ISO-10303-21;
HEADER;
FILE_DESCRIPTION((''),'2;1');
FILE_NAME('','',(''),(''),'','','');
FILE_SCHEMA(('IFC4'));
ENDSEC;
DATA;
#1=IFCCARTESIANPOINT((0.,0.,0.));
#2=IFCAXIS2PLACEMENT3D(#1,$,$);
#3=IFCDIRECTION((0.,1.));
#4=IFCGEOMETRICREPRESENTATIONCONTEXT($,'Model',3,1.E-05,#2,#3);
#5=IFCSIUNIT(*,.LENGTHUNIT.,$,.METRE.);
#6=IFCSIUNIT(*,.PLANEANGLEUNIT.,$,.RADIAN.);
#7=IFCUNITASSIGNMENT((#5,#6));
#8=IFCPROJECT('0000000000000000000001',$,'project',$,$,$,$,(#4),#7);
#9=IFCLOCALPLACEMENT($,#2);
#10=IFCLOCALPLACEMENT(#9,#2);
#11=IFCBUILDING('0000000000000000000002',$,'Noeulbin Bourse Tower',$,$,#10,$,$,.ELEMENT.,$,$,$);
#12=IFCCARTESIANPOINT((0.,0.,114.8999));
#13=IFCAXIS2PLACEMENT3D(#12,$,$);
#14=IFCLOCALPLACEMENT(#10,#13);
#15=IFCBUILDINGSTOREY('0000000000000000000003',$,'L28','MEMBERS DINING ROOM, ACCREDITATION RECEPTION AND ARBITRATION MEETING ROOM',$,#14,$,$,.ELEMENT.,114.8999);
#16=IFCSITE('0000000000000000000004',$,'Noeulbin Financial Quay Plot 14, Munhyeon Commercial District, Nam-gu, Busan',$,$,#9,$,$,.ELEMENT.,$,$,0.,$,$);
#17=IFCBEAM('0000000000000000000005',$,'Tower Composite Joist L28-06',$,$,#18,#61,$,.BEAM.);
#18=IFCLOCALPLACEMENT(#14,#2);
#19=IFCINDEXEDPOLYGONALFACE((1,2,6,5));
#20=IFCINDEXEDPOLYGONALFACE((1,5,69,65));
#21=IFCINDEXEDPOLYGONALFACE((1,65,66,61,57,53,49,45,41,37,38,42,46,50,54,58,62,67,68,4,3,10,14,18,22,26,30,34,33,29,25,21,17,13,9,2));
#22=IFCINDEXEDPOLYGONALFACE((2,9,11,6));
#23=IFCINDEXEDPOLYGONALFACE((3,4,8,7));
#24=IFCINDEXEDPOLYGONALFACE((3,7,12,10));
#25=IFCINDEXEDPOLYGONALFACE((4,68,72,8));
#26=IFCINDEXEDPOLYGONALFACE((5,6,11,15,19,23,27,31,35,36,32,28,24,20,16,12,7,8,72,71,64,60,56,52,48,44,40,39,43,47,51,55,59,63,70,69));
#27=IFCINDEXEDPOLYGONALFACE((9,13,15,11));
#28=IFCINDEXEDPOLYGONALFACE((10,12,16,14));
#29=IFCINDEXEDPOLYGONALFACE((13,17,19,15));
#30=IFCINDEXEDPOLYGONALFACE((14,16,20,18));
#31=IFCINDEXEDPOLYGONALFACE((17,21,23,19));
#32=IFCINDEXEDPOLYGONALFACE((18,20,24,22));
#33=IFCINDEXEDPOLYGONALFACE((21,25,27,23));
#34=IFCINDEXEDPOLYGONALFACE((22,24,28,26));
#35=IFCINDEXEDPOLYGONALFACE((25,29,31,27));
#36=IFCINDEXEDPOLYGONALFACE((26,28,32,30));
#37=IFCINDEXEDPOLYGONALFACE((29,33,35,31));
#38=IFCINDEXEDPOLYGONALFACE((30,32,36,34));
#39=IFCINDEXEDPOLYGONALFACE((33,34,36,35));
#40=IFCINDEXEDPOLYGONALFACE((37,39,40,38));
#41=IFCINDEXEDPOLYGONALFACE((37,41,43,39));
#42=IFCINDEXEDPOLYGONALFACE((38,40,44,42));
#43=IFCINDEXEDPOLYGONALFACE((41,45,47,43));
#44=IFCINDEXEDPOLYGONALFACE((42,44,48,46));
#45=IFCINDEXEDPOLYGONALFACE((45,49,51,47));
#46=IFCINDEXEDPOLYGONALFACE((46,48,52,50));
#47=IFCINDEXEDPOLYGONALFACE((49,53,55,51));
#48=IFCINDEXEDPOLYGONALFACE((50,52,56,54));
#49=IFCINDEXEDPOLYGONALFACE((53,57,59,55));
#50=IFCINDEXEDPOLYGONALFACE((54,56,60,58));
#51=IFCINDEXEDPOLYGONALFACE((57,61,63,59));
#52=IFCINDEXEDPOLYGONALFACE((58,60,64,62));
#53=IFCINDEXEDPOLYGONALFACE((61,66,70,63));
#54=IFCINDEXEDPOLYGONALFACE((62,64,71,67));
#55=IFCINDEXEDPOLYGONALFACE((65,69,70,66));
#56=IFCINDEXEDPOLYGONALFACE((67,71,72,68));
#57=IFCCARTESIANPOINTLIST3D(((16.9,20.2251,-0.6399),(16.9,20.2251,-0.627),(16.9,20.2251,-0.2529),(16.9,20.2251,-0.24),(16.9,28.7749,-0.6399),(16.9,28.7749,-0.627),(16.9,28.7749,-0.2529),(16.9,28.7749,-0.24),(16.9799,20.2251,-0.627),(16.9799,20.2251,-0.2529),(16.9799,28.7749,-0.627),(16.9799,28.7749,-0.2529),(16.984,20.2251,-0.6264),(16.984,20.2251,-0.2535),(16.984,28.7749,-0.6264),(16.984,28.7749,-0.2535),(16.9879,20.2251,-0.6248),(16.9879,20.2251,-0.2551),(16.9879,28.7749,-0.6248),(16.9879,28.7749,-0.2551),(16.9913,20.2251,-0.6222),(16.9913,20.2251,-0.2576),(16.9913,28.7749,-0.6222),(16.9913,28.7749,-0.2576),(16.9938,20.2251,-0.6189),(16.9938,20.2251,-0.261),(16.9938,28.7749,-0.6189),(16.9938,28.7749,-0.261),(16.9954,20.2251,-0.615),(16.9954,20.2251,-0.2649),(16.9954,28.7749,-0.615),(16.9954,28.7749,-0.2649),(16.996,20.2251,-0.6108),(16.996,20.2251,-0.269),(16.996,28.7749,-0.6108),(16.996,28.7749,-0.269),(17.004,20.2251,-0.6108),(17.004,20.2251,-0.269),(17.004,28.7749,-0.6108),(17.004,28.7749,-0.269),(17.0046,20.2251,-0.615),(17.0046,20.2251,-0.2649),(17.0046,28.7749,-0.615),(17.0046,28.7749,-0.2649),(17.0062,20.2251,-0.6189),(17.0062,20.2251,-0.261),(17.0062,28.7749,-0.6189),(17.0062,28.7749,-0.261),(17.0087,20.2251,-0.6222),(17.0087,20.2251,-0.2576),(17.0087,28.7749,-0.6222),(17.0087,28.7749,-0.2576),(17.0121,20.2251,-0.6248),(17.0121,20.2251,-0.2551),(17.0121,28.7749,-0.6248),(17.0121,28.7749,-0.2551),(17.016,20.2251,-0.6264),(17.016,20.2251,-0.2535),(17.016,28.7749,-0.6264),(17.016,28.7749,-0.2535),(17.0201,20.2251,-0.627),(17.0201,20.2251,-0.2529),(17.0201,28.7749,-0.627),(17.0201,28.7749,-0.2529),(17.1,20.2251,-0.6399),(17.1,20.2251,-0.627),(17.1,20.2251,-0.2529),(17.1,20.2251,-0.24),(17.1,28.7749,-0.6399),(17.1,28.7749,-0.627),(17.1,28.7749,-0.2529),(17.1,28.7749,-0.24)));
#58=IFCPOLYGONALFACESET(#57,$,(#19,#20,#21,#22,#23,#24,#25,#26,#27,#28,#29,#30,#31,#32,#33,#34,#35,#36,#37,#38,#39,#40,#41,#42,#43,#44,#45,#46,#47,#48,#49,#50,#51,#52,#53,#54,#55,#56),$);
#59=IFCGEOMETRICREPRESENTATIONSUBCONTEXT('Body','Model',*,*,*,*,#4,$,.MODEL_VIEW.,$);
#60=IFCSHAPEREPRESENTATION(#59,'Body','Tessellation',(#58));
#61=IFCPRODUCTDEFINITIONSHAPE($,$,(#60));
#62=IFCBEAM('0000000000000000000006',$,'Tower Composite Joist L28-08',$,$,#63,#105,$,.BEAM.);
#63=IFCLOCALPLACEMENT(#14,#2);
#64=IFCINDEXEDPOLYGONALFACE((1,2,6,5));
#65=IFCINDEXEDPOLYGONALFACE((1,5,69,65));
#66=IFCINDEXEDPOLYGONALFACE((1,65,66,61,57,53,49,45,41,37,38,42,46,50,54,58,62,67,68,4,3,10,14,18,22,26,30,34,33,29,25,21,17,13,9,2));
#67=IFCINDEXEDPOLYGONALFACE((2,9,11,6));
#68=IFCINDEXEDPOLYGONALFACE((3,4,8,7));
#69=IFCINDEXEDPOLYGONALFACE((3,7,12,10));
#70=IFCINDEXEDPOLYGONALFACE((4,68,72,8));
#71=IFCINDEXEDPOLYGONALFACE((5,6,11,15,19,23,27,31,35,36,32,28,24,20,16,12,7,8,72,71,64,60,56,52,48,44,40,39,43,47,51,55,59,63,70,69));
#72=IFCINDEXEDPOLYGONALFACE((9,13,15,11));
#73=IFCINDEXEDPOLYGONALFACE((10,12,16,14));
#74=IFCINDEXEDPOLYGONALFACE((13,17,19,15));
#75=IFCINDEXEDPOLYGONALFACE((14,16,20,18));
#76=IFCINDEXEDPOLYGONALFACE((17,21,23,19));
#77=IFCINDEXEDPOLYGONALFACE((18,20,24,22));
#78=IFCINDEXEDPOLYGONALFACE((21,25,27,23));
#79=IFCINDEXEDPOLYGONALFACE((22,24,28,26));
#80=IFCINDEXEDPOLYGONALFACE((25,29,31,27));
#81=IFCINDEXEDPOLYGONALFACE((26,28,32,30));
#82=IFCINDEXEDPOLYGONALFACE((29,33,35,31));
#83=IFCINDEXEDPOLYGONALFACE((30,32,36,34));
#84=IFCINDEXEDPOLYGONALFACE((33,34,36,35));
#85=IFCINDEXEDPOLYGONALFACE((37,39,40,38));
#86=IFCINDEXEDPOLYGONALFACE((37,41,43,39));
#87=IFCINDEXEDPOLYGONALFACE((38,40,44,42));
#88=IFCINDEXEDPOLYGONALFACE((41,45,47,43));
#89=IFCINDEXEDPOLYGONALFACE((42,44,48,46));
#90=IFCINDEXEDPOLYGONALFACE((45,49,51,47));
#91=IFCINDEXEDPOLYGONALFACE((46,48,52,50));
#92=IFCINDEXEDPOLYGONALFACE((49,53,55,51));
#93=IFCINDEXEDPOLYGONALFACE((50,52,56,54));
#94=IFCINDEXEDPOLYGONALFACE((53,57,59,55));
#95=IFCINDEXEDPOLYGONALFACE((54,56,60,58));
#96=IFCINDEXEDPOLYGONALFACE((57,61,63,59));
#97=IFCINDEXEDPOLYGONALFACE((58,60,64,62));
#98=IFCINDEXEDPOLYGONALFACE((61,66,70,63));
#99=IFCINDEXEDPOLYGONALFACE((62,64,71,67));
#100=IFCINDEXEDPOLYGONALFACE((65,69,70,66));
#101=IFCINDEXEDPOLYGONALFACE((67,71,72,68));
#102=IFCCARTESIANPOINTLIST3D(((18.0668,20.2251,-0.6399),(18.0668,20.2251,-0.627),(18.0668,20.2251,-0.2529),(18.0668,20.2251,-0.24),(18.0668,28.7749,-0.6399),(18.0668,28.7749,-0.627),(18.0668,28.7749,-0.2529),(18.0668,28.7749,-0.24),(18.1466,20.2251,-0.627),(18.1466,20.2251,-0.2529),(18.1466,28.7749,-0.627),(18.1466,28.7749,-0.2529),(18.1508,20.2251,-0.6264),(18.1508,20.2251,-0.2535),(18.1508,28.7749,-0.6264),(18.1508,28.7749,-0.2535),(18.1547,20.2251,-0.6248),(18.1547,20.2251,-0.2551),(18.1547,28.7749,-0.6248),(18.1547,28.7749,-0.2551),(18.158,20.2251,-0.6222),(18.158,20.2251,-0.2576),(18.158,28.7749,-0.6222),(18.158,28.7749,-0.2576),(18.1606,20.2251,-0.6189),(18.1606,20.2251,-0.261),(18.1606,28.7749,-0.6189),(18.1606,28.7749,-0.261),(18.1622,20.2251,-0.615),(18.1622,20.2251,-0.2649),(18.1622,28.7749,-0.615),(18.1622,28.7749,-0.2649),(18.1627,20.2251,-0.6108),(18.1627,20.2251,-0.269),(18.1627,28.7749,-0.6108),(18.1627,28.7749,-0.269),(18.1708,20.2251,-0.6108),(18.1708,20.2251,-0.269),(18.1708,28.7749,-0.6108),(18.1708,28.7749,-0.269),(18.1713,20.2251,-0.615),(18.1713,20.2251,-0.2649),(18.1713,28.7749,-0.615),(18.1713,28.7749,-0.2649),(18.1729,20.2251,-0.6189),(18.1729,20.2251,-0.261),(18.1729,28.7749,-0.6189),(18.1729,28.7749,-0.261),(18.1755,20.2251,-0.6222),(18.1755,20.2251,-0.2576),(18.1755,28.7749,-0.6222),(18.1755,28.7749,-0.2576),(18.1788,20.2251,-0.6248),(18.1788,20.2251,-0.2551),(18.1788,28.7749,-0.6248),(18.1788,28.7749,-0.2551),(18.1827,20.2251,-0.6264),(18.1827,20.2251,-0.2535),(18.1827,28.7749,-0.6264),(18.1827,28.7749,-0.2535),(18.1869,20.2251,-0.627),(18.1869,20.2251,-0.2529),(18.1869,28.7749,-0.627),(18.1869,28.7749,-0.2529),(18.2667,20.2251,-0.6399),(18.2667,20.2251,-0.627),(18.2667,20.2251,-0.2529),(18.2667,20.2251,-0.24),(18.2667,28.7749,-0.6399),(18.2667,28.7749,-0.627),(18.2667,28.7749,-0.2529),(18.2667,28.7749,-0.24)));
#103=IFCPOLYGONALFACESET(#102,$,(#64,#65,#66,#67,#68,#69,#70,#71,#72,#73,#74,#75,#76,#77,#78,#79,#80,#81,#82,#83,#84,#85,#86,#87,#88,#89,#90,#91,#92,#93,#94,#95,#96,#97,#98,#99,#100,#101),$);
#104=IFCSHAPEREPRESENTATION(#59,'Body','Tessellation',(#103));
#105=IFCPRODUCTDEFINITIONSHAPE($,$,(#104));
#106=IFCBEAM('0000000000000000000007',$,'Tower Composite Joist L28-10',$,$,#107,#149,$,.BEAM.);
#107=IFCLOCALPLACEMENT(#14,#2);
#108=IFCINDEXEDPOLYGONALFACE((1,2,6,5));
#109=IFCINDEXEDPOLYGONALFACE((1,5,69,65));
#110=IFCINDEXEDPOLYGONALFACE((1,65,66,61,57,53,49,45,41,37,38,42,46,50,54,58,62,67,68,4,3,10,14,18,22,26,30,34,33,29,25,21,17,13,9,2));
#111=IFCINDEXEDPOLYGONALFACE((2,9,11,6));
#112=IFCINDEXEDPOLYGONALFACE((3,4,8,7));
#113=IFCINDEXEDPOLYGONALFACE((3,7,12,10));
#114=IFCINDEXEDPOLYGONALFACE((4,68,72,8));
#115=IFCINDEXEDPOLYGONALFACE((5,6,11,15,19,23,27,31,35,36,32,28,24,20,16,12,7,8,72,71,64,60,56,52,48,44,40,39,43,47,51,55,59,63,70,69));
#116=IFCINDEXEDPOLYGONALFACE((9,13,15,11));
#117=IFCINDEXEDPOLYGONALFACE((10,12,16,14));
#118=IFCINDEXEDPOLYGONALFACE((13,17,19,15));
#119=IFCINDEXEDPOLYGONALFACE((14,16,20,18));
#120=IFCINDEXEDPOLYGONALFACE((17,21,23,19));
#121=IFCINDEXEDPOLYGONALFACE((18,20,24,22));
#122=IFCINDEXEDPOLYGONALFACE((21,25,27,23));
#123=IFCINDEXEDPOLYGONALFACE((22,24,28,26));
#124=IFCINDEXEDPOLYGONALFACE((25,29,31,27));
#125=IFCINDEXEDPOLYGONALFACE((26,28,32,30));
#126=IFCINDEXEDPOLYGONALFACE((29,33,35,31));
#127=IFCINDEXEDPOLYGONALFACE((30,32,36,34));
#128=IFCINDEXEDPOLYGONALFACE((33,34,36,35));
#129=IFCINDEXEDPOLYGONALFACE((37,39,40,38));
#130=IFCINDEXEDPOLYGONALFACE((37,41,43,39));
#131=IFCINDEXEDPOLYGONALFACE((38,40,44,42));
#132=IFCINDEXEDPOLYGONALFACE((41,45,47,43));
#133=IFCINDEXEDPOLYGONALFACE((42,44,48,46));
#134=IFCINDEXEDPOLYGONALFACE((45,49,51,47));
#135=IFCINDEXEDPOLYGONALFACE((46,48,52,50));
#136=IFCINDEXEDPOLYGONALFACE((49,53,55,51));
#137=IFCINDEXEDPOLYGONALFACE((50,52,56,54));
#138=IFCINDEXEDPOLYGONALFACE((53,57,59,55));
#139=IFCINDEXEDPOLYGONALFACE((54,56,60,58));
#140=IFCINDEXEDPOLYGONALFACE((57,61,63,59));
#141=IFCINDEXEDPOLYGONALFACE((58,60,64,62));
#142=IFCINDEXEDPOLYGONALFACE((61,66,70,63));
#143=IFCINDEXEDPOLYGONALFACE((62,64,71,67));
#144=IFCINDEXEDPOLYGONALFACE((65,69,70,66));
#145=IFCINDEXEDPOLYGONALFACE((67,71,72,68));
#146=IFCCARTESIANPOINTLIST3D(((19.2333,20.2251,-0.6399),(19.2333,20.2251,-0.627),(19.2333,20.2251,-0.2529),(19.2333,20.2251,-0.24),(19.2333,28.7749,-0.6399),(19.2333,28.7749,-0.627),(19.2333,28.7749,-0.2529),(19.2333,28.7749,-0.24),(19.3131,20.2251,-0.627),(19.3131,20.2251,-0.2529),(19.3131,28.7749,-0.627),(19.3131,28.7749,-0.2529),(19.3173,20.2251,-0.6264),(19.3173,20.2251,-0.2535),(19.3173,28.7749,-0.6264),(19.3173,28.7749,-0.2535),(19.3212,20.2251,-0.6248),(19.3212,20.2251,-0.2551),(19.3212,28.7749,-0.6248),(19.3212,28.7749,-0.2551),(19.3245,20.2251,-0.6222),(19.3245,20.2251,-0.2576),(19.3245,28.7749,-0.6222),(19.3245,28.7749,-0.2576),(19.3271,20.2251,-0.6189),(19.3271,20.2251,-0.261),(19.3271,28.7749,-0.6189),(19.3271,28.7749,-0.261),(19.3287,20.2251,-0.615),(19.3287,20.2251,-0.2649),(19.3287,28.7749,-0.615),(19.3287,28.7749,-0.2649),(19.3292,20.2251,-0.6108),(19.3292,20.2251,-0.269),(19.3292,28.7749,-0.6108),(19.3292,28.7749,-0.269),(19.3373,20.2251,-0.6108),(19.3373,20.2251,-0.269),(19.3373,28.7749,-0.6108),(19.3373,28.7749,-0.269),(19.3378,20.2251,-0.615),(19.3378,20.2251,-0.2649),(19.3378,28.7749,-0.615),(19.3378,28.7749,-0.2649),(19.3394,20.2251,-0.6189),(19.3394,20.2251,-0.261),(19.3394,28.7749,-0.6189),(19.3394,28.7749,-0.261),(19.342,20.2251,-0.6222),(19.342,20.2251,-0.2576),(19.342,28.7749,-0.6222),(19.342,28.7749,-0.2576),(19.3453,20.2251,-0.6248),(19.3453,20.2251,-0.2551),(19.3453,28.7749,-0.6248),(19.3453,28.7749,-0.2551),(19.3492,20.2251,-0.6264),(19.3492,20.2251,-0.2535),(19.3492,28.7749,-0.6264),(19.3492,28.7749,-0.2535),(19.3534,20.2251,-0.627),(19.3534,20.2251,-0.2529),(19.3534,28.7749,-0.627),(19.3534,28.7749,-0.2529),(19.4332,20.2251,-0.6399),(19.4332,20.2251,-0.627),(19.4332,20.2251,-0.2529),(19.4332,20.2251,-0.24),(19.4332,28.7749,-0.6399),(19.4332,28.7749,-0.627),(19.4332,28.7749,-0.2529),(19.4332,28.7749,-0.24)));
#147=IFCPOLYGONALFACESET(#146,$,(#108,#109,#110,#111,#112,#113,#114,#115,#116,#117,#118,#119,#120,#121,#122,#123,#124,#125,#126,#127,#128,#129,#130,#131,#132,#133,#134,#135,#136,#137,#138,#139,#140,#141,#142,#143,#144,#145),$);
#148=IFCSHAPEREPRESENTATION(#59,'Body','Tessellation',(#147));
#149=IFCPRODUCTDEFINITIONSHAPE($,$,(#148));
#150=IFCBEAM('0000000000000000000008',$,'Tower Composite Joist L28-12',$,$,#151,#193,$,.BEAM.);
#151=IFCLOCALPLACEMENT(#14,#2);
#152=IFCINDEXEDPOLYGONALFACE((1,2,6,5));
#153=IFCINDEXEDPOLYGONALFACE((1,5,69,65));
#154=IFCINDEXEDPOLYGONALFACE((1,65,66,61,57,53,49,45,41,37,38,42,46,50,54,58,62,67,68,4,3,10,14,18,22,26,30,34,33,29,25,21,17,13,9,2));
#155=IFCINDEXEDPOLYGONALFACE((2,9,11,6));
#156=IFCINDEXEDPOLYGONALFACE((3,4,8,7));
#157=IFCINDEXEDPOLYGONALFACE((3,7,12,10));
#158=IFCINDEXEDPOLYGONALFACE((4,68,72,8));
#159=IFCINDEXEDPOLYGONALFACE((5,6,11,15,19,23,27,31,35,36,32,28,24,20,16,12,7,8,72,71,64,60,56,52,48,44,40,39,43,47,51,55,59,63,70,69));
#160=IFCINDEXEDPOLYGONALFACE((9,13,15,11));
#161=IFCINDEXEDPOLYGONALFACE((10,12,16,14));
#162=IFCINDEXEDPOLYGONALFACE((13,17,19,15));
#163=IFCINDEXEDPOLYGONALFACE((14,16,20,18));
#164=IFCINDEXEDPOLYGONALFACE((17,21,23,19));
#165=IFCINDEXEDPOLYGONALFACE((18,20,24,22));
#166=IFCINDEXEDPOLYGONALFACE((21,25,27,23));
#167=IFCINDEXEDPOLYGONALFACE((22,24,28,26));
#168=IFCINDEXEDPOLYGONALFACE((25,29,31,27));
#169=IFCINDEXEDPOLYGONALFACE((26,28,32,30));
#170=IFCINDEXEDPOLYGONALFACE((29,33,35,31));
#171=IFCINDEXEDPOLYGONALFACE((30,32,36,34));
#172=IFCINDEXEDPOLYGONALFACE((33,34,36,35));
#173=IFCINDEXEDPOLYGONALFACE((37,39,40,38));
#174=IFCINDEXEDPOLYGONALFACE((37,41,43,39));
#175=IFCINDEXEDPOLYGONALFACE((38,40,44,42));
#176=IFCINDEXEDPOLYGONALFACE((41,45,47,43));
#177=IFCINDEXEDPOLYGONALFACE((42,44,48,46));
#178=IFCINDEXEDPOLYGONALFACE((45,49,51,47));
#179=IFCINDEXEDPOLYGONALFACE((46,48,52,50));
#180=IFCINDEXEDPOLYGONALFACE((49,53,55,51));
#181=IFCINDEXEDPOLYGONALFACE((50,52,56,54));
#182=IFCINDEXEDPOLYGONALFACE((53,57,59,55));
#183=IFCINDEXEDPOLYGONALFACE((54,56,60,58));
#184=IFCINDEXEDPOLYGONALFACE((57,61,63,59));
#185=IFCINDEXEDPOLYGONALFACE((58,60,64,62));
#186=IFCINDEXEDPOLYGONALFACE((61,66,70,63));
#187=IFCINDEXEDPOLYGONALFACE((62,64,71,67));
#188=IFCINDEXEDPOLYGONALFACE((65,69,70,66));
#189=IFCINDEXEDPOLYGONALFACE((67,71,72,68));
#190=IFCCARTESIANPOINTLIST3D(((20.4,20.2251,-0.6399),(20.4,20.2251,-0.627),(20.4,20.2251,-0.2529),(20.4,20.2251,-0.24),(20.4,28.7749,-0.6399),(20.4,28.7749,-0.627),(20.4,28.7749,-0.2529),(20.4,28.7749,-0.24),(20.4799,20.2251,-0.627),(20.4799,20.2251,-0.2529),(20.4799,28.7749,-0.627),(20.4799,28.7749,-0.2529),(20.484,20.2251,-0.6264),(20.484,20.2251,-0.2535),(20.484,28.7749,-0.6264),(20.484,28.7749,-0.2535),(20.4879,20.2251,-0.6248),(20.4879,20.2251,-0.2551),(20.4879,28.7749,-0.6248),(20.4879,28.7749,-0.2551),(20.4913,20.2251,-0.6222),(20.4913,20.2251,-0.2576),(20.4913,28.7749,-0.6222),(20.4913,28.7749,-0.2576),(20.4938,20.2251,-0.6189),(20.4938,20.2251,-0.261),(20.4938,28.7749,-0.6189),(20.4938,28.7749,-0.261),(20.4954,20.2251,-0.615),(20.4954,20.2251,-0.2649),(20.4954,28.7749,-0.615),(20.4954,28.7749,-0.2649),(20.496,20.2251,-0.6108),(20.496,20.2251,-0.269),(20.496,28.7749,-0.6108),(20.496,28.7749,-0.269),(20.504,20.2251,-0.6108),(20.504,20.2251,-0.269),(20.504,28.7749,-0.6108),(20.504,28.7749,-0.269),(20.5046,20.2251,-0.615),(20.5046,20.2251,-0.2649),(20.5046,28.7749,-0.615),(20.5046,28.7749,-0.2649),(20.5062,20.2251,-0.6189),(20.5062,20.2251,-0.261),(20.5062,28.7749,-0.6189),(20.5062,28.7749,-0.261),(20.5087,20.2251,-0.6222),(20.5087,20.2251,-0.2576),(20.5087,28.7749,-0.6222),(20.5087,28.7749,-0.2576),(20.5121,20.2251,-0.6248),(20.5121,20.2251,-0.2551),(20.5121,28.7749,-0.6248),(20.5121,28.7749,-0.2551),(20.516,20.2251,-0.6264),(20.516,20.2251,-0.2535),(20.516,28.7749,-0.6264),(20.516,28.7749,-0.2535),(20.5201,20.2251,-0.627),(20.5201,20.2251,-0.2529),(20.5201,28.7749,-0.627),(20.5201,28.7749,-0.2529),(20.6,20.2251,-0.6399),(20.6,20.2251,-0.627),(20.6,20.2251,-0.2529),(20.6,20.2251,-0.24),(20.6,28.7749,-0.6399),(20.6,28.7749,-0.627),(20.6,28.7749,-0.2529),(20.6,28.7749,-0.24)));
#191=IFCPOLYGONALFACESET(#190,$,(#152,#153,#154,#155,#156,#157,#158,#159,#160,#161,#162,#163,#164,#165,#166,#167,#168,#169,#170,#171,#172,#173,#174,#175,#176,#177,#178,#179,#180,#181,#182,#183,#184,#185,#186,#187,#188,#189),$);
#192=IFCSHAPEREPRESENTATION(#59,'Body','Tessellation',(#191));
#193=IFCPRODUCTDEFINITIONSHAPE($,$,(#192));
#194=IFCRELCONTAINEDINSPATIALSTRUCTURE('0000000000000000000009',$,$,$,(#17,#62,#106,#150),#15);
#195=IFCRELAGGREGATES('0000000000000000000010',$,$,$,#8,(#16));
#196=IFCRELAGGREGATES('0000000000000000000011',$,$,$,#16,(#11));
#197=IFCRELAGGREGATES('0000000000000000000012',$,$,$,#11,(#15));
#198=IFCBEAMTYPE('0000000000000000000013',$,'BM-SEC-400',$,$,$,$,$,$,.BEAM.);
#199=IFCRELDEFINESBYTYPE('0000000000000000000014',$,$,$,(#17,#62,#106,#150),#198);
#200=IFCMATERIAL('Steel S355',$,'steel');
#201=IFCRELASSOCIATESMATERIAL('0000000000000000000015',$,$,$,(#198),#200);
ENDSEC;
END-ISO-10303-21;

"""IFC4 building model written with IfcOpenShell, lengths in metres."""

from ifc_helpers import new_model, si_unit, direction, frame, origin, origin_2d, place, context, subcontext, project, spatial, i_section, extrude, material, material_profile, profile_set, type_object, element, save


model = new_model("IFC4")

# Units and contexts
model_context = context("Model", 3, precision=1e-05, world=origin(), true_north=direction((0.0, 1.0)))
body_context = subcontext(model_context, "Body", "Model", "MODEL_VIEW")
ifc_project = project(units=[si_unit("LENGTHUNIT", "METRE"), si_unit("PLANEANGLEUNIT", "RADIAN")], contexts=[model_context])

# Site, building, storey
site_placement = place(None, origin())
site = spatial("IfcSite", under=ifc_project, at=site_placement, Name="Noeulbin Financial Quay Plot 14, Munhyeon Commercial District, Nam-gu, Busan", CompositionType="ELEMENT", RefElevation=0.0)
building_placement = place(site_placement, origin())
building = spatial("IfcBuilding", under=site, at=building_placement, Name="Noeulbin Bourse Tower", CompositionType="ELEMENT")
storey_placement = place(building_placement, frame((0.0, 0.0, 114.8999)))
storey = spatial("IfcBuildingStorey", under=building, at=storey_placement, Name="L28", Description="MEMBERS DINING ROOM, ACCREDITATION RECEPTION AND ARBITRATION MEETING ROOM", CompositionType="ELEMENT", Elevation=114.8999)

# Beams
ifc_material_1 = material(Name="Steel S355", Category="steel")
ifc_material_profile_1 = material_profile(ifc_material_1, i_section(OverallWidth=0.2, OverallDepth=0.3999, WebThickness=0.0081, FlangeThickness=0.0129, FilletRadius=0.0161, at=origin_2d()), Name="H-400x200x8x13", Category="LoadBearing")
ifc_profile_set_1 = profile_set([ifc_material_profile_1], Name="Steel S355")
beam_type_1 = type_object("IfcBeamType", Name="BM-SEC-400", PredefinedType="BEAM", material=ifc_profile_set_1)
for number, where, z_axis, x_axis, name in (
    (1, (17.0, 20.2251, -0.4399), (0.0, 1.0, 0.0), (-1.0, 0.0, 0.0), "Tower Composite Joist L28-06"),
    (2, (18.1667, 20.2251, -0.4399), (0.0, 1.0, 0.0), (-1.0, 0.0, 0.0), "Tower Composite Joist L28-08"),
    (3, (19.3333, 20.2251, -0.4399), (0.0, 1.0, 0.0), (-1.0, 0.0, 0.0), "Tower Composite Joist L28-10"),
    (4, (20.5, 20.2251, -0.4399), (0.0, 1.0, 0.0), (-1.0, 0.0, 0.0), "Tower Composite Joist L28-12"),
):
    element("IfcBeam", number, at=place(storey_placement, frame(where, z_axis=z_axis, x_axis=x_axis)), inside=storey, type_object=beam_type_1, Name=name, PredefinedType="BEAM", context=body_context, shape_type="SweptSolid", body=[
        extrude(i_section(OverallWidth=0.2, OverallDepth=0.3999, WebThickness=0.0081, FlangeThickness=0.0129, FilletRadius=0.0161, at=origin_2d()), origin(), (0.0, 0.0, 1.0), 8.5498),
    ])

save(model, "model.ifc")
